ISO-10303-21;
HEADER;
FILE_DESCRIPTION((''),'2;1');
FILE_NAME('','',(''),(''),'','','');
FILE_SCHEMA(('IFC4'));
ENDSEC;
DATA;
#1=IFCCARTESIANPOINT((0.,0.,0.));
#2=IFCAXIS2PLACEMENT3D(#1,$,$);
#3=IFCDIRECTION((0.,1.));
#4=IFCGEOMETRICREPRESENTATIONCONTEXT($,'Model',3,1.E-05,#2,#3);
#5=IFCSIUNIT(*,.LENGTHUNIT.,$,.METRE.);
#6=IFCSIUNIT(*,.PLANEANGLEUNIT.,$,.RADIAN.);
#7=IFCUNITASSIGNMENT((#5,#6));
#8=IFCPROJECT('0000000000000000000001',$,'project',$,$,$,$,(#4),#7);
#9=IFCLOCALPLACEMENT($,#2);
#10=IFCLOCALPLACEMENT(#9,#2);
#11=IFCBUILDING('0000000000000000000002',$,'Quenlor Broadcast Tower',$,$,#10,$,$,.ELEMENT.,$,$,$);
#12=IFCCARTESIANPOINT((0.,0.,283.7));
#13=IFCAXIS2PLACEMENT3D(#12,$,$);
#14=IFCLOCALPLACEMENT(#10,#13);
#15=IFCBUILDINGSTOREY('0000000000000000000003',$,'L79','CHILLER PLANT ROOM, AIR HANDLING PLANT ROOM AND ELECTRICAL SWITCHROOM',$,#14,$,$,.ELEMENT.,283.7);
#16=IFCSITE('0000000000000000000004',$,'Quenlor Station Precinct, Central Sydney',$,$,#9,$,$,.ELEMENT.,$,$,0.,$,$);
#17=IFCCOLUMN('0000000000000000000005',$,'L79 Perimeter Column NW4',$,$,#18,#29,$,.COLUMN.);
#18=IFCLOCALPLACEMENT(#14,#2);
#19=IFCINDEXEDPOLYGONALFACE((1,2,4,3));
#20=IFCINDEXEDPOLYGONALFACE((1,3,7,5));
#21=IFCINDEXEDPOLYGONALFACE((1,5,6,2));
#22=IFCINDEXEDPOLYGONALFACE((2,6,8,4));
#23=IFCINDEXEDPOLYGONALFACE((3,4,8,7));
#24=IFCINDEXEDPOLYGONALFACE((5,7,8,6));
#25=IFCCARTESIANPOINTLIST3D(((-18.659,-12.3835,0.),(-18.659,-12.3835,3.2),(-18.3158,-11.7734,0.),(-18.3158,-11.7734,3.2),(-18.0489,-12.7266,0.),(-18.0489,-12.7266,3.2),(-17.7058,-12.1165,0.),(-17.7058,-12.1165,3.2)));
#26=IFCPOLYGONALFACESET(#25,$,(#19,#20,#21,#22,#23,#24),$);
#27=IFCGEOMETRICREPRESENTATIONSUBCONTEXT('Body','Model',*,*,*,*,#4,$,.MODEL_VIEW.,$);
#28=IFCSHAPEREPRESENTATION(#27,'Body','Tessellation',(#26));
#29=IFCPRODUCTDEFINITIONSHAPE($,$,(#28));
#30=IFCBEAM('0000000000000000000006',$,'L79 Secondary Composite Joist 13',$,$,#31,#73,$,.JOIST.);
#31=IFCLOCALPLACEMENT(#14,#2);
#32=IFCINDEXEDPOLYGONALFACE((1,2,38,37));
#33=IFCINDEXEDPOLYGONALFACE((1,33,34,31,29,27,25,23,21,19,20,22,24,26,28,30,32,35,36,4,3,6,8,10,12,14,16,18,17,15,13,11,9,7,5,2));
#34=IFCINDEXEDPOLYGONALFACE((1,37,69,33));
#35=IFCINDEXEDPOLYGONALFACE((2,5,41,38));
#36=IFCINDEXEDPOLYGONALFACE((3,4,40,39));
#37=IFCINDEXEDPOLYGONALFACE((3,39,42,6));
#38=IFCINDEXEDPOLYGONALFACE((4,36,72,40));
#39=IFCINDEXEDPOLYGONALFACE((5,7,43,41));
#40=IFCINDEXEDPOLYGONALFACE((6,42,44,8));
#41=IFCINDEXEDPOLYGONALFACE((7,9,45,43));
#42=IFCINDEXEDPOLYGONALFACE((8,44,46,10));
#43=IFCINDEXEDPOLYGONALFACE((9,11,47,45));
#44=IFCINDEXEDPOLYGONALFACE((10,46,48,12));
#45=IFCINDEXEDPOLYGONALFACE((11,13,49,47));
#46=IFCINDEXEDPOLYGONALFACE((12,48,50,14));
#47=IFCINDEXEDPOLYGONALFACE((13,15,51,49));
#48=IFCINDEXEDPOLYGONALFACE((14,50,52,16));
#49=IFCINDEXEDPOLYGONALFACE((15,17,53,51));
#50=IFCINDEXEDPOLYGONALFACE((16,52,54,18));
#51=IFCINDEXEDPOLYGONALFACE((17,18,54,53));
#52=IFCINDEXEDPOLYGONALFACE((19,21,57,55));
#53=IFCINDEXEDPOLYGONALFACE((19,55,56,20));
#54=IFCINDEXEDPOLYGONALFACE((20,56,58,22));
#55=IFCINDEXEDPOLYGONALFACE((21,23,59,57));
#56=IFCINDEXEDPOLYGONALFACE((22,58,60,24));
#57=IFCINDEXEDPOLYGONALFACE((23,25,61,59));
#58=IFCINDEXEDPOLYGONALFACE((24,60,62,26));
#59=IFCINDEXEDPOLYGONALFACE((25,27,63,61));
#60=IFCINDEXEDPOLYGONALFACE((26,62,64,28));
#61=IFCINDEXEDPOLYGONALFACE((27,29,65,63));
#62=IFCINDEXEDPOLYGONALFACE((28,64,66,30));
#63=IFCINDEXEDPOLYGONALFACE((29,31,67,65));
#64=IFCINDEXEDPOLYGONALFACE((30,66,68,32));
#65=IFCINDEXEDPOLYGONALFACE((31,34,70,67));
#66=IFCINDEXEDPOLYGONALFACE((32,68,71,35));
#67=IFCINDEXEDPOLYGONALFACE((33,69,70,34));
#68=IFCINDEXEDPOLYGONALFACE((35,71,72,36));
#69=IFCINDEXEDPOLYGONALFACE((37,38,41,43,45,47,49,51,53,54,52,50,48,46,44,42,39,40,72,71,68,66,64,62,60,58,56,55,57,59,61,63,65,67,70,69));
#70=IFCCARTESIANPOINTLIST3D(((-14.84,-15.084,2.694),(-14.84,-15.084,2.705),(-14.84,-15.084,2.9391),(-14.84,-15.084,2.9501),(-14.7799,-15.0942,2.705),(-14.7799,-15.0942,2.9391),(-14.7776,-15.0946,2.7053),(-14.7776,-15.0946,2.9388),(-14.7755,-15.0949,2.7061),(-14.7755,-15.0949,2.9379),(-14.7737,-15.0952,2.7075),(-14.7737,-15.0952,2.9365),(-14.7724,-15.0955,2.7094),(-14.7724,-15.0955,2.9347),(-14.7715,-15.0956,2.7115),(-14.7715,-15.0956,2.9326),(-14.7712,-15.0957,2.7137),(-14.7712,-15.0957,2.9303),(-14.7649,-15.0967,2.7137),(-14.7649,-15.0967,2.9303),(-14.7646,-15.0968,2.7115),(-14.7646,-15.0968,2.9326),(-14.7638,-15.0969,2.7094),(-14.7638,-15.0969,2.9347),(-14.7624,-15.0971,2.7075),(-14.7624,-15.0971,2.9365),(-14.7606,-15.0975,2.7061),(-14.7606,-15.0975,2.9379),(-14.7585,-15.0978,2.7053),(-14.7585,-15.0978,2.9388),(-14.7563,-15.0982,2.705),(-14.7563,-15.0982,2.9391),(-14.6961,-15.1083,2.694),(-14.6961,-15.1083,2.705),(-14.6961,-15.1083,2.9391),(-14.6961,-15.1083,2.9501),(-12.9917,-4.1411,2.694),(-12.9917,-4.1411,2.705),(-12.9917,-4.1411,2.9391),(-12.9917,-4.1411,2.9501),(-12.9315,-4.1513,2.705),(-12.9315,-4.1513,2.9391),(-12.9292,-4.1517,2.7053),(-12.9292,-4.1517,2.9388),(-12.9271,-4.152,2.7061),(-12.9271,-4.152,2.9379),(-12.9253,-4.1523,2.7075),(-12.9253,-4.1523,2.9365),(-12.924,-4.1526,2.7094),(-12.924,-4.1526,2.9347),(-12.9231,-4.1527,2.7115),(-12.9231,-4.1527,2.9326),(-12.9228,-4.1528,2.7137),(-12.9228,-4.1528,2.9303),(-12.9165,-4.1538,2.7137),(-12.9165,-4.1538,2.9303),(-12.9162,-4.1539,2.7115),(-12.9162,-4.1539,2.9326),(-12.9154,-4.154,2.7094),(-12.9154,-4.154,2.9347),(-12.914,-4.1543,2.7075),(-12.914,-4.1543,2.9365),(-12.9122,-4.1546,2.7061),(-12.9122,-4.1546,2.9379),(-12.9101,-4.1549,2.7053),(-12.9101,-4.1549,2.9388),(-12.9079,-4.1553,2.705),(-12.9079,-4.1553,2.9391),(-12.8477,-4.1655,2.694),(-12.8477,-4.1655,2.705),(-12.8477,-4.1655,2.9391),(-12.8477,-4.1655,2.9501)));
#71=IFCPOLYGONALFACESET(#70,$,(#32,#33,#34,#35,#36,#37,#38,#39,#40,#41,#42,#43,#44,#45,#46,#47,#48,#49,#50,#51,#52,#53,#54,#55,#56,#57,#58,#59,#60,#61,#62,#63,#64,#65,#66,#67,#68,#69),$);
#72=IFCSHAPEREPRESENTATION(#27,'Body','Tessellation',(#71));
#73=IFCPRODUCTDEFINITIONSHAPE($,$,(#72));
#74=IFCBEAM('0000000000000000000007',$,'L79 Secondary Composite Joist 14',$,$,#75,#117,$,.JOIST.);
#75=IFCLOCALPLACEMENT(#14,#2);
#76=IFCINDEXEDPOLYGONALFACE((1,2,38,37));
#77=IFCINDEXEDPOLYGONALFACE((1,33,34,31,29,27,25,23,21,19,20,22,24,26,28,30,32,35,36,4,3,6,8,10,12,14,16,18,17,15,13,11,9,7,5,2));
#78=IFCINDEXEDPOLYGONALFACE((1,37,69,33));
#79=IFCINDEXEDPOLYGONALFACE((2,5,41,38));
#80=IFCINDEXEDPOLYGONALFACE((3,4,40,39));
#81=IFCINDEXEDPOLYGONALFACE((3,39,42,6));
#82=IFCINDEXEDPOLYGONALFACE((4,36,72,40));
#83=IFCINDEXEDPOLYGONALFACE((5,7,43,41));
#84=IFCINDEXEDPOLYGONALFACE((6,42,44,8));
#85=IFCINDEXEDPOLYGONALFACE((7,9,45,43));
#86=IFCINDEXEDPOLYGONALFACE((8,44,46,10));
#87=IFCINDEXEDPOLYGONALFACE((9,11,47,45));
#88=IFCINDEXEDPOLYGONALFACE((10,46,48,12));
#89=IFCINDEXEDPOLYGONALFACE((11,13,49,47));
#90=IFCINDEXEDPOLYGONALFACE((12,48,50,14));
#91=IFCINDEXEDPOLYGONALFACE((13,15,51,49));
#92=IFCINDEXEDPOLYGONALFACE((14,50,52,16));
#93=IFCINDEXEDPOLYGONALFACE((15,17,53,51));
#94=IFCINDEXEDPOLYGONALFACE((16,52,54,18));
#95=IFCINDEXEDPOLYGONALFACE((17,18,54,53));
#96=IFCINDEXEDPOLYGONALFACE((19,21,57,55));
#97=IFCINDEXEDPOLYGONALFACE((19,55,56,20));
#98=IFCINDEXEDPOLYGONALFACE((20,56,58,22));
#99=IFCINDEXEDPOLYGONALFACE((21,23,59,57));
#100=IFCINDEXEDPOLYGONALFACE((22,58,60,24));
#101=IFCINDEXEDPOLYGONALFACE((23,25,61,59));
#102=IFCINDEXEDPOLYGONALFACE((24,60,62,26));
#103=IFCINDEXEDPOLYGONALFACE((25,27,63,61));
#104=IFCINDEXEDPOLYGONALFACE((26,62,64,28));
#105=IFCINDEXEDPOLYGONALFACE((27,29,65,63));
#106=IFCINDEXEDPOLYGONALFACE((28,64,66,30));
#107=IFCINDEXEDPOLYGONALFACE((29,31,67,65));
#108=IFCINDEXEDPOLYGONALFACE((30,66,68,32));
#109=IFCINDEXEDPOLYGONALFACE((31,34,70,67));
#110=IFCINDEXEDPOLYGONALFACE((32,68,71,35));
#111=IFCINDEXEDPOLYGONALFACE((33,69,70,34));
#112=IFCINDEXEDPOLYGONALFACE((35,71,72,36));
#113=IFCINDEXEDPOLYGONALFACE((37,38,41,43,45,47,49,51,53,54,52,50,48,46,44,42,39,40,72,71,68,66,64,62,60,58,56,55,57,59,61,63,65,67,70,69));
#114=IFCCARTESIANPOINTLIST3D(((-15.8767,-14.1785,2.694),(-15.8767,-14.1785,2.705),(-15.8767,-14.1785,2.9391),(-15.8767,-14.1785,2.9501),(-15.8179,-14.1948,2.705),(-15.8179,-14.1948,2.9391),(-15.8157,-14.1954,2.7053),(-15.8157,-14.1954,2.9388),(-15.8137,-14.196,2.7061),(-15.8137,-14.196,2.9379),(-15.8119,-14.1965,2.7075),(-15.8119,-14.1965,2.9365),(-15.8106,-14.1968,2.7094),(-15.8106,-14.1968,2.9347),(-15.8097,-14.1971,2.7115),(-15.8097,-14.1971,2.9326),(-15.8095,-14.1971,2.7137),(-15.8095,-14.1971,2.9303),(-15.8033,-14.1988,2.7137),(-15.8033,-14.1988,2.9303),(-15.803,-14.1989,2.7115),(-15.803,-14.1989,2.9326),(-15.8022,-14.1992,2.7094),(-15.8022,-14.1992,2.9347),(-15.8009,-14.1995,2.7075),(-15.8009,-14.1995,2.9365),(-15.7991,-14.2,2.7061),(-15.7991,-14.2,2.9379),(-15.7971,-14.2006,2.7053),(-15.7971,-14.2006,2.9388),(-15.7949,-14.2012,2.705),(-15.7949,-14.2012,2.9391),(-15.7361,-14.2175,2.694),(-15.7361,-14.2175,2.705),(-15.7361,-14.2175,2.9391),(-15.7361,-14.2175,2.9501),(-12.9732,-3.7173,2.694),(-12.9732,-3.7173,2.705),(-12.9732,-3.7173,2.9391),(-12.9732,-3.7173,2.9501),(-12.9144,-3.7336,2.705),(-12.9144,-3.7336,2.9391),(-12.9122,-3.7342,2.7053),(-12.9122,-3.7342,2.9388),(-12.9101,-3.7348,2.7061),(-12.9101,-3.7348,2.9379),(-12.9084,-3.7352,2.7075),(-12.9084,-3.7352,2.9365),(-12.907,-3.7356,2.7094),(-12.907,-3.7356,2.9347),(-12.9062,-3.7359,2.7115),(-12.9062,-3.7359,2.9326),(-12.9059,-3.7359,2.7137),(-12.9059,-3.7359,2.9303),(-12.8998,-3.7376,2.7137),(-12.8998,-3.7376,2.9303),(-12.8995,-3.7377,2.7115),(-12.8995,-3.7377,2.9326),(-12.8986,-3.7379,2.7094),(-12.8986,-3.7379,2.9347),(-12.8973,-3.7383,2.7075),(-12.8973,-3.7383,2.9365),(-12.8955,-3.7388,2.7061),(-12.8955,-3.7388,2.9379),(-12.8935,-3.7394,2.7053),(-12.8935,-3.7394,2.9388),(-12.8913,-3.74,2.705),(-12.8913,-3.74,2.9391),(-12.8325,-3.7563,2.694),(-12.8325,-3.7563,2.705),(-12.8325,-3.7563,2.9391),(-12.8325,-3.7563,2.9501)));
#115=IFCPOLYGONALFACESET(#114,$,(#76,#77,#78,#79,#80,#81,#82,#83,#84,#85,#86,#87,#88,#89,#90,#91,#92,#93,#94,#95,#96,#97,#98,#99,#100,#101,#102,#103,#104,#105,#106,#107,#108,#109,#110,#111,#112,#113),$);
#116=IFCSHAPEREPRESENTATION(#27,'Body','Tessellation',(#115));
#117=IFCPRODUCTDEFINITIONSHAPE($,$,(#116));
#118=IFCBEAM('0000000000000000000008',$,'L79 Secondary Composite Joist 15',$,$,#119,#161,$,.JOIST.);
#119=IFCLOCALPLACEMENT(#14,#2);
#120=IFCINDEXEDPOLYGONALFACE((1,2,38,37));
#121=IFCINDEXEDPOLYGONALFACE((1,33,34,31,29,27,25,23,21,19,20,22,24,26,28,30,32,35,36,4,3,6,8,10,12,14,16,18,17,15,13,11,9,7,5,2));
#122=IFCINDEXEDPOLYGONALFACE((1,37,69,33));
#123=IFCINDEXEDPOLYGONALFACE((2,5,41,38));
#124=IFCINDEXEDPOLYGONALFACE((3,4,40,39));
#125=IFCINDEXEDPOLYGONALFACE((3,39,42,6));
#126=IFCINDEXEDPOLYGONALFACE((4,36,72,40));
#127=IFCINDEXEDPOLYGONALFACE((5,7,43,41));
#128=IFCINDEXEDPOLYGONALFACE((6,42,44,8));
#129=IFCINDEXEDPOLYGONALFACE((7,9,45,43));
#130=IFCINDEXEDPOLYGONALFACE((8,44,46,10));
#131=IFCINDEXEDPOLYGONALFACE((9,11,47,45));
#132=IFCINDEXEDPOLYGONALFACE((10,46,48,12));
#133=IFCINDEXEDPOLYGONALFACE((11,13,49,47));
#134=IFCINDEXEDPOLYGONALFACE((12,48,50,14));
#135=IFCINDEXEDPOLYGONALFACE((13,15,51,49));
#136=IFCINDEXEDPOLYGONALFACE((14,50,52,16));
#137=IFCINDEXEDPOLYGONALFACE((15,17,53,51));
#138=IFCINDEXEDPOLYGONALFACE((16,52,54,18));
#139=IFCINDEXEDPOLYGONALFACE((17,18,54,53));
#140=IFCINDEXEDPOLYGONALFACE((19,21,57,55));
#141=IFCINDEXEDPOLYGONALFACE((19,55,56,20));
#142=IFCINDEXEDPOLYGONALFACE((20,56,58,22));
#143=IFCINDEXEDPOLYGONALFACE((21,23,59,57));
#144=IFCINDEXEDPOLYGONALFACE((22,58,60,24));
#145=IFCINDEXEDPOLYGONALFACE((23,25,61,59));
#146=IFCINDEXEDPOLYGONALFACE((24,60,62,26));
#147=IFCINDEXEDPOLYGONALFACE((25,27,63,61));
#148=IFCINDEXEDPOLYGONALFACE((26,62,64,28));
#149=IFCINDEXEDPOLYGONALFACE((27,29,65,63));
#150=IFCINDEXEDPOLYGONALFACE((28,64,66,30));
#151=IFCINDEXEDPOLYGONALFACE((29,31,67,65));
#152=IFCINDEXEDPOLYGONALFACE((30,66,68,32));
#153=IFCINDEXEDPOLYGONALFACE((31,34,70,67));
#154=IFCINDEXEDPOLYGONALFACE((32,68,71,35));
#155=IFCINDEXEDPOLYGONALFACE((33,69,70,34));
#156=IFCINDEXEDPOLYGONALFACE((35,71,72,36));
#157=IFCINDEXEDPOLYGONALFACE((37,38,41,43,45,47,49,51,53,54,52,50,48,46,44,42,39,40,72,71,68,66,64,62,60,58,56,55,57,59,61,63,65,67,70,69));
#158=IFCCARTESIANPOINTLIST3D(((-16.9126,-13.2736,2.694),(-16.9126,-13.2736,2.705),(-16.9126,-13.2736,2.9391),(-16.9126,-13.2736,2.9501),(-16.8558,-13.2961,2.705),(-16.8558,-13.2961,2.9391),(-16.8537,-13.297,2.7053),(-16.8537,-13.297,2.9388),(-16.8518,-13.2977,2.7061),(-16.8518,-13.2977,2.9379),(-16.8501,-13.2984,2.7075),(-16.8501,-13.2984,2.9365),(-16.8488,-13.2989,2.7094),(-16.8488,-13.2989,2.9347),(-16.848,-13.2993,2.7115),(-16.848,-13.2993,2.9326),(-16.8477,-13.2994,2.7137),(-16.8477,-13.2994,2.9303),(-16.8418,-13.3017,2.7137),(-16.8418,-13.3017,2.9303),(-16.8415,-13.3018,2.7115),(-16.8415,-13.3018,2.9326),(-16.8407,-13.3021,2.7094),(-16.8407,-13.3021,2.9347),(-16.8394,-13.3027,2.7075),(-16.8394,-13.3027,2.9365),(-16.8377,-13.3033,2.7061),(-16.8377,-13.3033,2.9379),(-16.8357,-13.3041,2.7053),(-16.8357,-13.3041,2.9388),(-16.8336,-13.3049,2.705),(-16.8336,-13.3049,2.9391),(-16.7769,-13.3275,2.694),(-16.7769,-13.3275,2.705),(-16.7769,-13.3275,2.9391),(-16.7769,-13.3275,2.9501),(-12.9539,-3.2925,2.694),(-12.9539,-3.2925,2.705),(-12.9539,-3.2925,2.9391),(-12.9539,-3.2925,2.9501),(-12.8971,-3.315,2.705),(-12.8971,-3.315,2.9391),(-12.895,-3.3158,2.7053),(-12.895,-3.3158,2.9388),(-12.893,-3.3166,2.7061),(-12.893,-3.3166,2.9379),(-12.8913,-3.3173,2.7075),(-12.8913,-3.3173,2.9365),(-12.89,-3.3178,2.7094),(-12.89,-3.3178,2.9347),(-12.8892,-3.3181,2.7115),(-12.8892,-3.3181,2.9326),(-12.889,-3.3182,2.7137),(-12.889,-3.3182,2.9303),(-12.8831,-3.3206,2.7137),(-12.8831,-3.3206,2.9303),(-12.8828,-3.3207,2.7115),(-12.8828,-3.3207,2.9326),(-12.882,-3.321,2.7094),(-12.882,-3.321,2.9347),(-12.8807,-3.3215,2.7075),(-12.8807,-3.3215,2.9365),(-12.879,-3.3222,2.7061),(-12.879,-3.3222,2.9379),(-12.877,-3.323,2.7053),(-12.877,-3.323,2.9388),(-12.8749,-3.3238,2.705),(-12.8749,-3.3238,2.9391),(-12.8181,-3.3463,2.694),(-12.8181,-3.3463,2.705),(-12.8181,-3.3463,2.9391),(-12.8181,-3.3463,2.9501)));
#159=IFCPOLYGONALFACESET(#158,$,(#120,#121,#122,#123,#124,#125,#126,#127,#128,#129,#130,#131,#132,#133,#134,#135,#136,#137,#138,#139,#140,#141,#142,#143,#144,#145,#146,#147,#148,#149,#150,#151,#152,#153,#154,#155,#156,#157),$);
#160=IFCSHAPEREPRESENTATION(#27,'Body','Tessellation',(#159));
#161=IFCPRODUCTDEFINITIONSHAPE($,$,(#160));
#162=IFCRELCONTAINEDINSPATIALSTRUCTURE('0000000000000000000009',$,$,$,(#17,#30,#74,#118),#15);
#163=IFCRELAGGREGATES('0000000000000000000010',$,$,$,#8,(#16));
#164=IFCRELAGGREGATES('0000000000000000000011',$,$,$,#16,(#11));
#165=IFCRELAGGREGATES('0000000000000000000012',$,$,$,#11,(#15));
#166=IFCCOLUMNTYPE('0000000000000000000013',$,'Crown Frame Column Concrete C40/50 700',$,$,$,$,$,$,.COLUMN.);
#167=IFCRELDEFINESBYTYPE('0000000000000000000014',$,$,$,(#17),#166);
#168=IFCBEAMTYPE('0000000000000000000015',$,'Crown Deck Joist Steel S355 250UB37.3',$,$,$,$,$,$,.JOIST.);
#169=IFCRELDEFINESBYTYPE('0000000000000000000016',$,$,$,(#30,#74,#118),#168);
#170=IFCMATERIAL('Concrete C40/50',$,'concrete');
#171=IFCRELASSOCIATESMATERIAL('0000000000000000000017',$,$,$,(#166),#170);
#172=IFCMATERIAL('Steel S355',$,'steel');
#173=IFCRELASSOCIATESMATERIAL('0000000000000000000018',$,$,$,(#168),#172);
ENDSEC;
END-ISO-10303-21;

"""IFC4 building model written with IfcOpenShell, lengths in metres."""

from ifc_helpers import new_model, si_unit, direction, frame, origin, origin_2d, place, context, subcontext, project, spatial, rectangle, i_section, extrude, material, material_profile, profile_set, type_object, element, save


model = new_model("IFC4")

# Units and contexts
model_context = context("Model", 3, precision=1e-05, world=origin(), true_north=direction((0.0, 1.0)))
body_context = subcontext(model_context, "Body", "Model", "MODEL_VIEW")
ifc_project = project(units=[si_unit("LENGTHUNIT", "METRE"), si_unit("PLANEANGLEUNIT", "RADIAN")], contexts=[model_context])

# Site, building, storey
site_placement = place(None, origin())
site = spatial("IfcSite", under=ifc_project, at=site_placement, Name="Quenlor Station Precinct, Central Sydney", CompositionType="ELEMENT", RefElevation=0.0)
building_placement = place(site_placement, origin())
building = spatial("IfcBuilding", under=site, at=building_placement, Name="Quenlor Broadcast Tower", CompositionType="ELEMENT")
storey_placement = place(building_placement, frame((0.0, 0.0, 283.7)))
storey = spatial("IfcBuildingStorey", under=building, at=storey_placement, Name="L79", Description="CHILLER PLANT ROOM, AIR HANDLING PLANT ROOM AND ELECTRICAL SWITCHROOM", CompositionType="ELEMENT", Elevation=283.7)

# Column
ifc_material_1 = material(Name="Concrete C40/50", Category="concrete")
ifc_material_profile_1 = material_profile(ifc_material_1, rectangle(XDim=0.7, YDim=0.7, at=origin_2d()))
ifc_profile_set_1 = profile_set([ifc_material_profile_1], Name="Concrete C40/50 RC700x700")
column_type = type_object("IfcColumnType", Name="Crown Frame Column Concrete C40/50 700", PredefinedType="COLUMN", material=ifc_profile_set_1)
column_placement = place(storey_placement, frame((-18.1824, -12.25, 0.0), z_axis=(0.0, 0.0, 1.0), x_axis=(-0.871575, 0.490262, 0.0)))
element("IfcColumn", 1, at=column_placement, inside=storey, type_object=column_type, Name="L79 Perimeter Column NW4", PredefinedType="COLUMN", context=body_context, shape_type="SweptSolid", body=[
    extrude(rectangle(XDim=0.7, YDim=0.7, at=origin_2d()), origin(), (0.0, 0.0, 1.0), 3.2),
])

# Beams
ifc_material_2 = material(Name="Steel S355", Category="steel")
ifc_material_profile_2 = material_profile(ifc_material_2, i_section(OverallWidth=0.146, OverallDepth=0.2561, WebThickness=0.0063, FlangeThickness=0.011, FilletRadius=0.0088, at=origin_2d()))
ifc_profile_set_2 = profile_set([ifc_material_profile_2], Name="Steel S355 250UB37.3")
beam_type_1 = type_object("IfcBeamType", Name="Crown Deck Joist Steel S355 250UB37.3", PredefinedType="JOIST", material=ifc_profile_set_2)
beam_1_placement = place(storey_placement, frame((-14.7681, -15.0962, 2.822), z_axis=(0.166553, 0.986032, 0.0), x_axis=(-0.986032, 0.166553, 0.0)))
element("IfcBeam", 2, at=beam_1_placement, inside=storey, type_object=beam_type_1, Name="L79 Secondary Composite Joist 13", PredefinedType="JOIST", context=body_context, shape_type="SweptSolid", body=[
    extrude(i_section(OverallWidth=0.146, OverallDepth=0.2561, WebThickness=0.0063, FlangeThickness=0.011, FilletRadius=0.0088, at=origin_2d()), origin(), (0.0, 0.0, 1.0), 11.0979),
])
beam_2_placement = place(storey_placement, frame((-15.8064, -14.198, 2.822), z_axis=(0.267446, 0.963573, 0.0), x_axis=(-0.963573, 0.267446, 0.0)))
element("IfcBeam", 3, at=beam_2_placement, inside=storey, type_object=beam_type_1, Name="L79 Secondary Composite Joist 14", PredefinedType="JOIST", context=body_context, shape_type="SweptSolid", body=[
    extrude(i_section(OverallWidth=0.146, OverallDepth=0.2561, WebThickness=0.0063, FlangeThickness=0.011, FilletRadius=0.0088, at=origin_2d()), origin(), (0.0, 0.0, 1.0), 10.8567),
])
beam_3_placement = place(storey_placement, frame((-16.8447, -13.3005, 2.822), z_axis=(0.36868, 0.929556, 0.0), x_axis=(-0.929556, 0.36868, 0.0)))
element("IfcBeam", 4, at=beam_3_placement, inside=storey, type_object=beam_type_1, Name="L79 Secondary Composite Joist 15", PredefinedType="JOIST", context=body_context, shape_type="SweptSolid", body=[
    extrude(i_section(OverallWidth=0.146, OverallDepth=0.2561, WebThickness=0.0063, FlangeThickness=0.011, FilletRadius=0.0088, at=origin_2d()), origin(), (0.0, 0.0, 1.0), 10.7375),
])

save(model, "model.ifc")
